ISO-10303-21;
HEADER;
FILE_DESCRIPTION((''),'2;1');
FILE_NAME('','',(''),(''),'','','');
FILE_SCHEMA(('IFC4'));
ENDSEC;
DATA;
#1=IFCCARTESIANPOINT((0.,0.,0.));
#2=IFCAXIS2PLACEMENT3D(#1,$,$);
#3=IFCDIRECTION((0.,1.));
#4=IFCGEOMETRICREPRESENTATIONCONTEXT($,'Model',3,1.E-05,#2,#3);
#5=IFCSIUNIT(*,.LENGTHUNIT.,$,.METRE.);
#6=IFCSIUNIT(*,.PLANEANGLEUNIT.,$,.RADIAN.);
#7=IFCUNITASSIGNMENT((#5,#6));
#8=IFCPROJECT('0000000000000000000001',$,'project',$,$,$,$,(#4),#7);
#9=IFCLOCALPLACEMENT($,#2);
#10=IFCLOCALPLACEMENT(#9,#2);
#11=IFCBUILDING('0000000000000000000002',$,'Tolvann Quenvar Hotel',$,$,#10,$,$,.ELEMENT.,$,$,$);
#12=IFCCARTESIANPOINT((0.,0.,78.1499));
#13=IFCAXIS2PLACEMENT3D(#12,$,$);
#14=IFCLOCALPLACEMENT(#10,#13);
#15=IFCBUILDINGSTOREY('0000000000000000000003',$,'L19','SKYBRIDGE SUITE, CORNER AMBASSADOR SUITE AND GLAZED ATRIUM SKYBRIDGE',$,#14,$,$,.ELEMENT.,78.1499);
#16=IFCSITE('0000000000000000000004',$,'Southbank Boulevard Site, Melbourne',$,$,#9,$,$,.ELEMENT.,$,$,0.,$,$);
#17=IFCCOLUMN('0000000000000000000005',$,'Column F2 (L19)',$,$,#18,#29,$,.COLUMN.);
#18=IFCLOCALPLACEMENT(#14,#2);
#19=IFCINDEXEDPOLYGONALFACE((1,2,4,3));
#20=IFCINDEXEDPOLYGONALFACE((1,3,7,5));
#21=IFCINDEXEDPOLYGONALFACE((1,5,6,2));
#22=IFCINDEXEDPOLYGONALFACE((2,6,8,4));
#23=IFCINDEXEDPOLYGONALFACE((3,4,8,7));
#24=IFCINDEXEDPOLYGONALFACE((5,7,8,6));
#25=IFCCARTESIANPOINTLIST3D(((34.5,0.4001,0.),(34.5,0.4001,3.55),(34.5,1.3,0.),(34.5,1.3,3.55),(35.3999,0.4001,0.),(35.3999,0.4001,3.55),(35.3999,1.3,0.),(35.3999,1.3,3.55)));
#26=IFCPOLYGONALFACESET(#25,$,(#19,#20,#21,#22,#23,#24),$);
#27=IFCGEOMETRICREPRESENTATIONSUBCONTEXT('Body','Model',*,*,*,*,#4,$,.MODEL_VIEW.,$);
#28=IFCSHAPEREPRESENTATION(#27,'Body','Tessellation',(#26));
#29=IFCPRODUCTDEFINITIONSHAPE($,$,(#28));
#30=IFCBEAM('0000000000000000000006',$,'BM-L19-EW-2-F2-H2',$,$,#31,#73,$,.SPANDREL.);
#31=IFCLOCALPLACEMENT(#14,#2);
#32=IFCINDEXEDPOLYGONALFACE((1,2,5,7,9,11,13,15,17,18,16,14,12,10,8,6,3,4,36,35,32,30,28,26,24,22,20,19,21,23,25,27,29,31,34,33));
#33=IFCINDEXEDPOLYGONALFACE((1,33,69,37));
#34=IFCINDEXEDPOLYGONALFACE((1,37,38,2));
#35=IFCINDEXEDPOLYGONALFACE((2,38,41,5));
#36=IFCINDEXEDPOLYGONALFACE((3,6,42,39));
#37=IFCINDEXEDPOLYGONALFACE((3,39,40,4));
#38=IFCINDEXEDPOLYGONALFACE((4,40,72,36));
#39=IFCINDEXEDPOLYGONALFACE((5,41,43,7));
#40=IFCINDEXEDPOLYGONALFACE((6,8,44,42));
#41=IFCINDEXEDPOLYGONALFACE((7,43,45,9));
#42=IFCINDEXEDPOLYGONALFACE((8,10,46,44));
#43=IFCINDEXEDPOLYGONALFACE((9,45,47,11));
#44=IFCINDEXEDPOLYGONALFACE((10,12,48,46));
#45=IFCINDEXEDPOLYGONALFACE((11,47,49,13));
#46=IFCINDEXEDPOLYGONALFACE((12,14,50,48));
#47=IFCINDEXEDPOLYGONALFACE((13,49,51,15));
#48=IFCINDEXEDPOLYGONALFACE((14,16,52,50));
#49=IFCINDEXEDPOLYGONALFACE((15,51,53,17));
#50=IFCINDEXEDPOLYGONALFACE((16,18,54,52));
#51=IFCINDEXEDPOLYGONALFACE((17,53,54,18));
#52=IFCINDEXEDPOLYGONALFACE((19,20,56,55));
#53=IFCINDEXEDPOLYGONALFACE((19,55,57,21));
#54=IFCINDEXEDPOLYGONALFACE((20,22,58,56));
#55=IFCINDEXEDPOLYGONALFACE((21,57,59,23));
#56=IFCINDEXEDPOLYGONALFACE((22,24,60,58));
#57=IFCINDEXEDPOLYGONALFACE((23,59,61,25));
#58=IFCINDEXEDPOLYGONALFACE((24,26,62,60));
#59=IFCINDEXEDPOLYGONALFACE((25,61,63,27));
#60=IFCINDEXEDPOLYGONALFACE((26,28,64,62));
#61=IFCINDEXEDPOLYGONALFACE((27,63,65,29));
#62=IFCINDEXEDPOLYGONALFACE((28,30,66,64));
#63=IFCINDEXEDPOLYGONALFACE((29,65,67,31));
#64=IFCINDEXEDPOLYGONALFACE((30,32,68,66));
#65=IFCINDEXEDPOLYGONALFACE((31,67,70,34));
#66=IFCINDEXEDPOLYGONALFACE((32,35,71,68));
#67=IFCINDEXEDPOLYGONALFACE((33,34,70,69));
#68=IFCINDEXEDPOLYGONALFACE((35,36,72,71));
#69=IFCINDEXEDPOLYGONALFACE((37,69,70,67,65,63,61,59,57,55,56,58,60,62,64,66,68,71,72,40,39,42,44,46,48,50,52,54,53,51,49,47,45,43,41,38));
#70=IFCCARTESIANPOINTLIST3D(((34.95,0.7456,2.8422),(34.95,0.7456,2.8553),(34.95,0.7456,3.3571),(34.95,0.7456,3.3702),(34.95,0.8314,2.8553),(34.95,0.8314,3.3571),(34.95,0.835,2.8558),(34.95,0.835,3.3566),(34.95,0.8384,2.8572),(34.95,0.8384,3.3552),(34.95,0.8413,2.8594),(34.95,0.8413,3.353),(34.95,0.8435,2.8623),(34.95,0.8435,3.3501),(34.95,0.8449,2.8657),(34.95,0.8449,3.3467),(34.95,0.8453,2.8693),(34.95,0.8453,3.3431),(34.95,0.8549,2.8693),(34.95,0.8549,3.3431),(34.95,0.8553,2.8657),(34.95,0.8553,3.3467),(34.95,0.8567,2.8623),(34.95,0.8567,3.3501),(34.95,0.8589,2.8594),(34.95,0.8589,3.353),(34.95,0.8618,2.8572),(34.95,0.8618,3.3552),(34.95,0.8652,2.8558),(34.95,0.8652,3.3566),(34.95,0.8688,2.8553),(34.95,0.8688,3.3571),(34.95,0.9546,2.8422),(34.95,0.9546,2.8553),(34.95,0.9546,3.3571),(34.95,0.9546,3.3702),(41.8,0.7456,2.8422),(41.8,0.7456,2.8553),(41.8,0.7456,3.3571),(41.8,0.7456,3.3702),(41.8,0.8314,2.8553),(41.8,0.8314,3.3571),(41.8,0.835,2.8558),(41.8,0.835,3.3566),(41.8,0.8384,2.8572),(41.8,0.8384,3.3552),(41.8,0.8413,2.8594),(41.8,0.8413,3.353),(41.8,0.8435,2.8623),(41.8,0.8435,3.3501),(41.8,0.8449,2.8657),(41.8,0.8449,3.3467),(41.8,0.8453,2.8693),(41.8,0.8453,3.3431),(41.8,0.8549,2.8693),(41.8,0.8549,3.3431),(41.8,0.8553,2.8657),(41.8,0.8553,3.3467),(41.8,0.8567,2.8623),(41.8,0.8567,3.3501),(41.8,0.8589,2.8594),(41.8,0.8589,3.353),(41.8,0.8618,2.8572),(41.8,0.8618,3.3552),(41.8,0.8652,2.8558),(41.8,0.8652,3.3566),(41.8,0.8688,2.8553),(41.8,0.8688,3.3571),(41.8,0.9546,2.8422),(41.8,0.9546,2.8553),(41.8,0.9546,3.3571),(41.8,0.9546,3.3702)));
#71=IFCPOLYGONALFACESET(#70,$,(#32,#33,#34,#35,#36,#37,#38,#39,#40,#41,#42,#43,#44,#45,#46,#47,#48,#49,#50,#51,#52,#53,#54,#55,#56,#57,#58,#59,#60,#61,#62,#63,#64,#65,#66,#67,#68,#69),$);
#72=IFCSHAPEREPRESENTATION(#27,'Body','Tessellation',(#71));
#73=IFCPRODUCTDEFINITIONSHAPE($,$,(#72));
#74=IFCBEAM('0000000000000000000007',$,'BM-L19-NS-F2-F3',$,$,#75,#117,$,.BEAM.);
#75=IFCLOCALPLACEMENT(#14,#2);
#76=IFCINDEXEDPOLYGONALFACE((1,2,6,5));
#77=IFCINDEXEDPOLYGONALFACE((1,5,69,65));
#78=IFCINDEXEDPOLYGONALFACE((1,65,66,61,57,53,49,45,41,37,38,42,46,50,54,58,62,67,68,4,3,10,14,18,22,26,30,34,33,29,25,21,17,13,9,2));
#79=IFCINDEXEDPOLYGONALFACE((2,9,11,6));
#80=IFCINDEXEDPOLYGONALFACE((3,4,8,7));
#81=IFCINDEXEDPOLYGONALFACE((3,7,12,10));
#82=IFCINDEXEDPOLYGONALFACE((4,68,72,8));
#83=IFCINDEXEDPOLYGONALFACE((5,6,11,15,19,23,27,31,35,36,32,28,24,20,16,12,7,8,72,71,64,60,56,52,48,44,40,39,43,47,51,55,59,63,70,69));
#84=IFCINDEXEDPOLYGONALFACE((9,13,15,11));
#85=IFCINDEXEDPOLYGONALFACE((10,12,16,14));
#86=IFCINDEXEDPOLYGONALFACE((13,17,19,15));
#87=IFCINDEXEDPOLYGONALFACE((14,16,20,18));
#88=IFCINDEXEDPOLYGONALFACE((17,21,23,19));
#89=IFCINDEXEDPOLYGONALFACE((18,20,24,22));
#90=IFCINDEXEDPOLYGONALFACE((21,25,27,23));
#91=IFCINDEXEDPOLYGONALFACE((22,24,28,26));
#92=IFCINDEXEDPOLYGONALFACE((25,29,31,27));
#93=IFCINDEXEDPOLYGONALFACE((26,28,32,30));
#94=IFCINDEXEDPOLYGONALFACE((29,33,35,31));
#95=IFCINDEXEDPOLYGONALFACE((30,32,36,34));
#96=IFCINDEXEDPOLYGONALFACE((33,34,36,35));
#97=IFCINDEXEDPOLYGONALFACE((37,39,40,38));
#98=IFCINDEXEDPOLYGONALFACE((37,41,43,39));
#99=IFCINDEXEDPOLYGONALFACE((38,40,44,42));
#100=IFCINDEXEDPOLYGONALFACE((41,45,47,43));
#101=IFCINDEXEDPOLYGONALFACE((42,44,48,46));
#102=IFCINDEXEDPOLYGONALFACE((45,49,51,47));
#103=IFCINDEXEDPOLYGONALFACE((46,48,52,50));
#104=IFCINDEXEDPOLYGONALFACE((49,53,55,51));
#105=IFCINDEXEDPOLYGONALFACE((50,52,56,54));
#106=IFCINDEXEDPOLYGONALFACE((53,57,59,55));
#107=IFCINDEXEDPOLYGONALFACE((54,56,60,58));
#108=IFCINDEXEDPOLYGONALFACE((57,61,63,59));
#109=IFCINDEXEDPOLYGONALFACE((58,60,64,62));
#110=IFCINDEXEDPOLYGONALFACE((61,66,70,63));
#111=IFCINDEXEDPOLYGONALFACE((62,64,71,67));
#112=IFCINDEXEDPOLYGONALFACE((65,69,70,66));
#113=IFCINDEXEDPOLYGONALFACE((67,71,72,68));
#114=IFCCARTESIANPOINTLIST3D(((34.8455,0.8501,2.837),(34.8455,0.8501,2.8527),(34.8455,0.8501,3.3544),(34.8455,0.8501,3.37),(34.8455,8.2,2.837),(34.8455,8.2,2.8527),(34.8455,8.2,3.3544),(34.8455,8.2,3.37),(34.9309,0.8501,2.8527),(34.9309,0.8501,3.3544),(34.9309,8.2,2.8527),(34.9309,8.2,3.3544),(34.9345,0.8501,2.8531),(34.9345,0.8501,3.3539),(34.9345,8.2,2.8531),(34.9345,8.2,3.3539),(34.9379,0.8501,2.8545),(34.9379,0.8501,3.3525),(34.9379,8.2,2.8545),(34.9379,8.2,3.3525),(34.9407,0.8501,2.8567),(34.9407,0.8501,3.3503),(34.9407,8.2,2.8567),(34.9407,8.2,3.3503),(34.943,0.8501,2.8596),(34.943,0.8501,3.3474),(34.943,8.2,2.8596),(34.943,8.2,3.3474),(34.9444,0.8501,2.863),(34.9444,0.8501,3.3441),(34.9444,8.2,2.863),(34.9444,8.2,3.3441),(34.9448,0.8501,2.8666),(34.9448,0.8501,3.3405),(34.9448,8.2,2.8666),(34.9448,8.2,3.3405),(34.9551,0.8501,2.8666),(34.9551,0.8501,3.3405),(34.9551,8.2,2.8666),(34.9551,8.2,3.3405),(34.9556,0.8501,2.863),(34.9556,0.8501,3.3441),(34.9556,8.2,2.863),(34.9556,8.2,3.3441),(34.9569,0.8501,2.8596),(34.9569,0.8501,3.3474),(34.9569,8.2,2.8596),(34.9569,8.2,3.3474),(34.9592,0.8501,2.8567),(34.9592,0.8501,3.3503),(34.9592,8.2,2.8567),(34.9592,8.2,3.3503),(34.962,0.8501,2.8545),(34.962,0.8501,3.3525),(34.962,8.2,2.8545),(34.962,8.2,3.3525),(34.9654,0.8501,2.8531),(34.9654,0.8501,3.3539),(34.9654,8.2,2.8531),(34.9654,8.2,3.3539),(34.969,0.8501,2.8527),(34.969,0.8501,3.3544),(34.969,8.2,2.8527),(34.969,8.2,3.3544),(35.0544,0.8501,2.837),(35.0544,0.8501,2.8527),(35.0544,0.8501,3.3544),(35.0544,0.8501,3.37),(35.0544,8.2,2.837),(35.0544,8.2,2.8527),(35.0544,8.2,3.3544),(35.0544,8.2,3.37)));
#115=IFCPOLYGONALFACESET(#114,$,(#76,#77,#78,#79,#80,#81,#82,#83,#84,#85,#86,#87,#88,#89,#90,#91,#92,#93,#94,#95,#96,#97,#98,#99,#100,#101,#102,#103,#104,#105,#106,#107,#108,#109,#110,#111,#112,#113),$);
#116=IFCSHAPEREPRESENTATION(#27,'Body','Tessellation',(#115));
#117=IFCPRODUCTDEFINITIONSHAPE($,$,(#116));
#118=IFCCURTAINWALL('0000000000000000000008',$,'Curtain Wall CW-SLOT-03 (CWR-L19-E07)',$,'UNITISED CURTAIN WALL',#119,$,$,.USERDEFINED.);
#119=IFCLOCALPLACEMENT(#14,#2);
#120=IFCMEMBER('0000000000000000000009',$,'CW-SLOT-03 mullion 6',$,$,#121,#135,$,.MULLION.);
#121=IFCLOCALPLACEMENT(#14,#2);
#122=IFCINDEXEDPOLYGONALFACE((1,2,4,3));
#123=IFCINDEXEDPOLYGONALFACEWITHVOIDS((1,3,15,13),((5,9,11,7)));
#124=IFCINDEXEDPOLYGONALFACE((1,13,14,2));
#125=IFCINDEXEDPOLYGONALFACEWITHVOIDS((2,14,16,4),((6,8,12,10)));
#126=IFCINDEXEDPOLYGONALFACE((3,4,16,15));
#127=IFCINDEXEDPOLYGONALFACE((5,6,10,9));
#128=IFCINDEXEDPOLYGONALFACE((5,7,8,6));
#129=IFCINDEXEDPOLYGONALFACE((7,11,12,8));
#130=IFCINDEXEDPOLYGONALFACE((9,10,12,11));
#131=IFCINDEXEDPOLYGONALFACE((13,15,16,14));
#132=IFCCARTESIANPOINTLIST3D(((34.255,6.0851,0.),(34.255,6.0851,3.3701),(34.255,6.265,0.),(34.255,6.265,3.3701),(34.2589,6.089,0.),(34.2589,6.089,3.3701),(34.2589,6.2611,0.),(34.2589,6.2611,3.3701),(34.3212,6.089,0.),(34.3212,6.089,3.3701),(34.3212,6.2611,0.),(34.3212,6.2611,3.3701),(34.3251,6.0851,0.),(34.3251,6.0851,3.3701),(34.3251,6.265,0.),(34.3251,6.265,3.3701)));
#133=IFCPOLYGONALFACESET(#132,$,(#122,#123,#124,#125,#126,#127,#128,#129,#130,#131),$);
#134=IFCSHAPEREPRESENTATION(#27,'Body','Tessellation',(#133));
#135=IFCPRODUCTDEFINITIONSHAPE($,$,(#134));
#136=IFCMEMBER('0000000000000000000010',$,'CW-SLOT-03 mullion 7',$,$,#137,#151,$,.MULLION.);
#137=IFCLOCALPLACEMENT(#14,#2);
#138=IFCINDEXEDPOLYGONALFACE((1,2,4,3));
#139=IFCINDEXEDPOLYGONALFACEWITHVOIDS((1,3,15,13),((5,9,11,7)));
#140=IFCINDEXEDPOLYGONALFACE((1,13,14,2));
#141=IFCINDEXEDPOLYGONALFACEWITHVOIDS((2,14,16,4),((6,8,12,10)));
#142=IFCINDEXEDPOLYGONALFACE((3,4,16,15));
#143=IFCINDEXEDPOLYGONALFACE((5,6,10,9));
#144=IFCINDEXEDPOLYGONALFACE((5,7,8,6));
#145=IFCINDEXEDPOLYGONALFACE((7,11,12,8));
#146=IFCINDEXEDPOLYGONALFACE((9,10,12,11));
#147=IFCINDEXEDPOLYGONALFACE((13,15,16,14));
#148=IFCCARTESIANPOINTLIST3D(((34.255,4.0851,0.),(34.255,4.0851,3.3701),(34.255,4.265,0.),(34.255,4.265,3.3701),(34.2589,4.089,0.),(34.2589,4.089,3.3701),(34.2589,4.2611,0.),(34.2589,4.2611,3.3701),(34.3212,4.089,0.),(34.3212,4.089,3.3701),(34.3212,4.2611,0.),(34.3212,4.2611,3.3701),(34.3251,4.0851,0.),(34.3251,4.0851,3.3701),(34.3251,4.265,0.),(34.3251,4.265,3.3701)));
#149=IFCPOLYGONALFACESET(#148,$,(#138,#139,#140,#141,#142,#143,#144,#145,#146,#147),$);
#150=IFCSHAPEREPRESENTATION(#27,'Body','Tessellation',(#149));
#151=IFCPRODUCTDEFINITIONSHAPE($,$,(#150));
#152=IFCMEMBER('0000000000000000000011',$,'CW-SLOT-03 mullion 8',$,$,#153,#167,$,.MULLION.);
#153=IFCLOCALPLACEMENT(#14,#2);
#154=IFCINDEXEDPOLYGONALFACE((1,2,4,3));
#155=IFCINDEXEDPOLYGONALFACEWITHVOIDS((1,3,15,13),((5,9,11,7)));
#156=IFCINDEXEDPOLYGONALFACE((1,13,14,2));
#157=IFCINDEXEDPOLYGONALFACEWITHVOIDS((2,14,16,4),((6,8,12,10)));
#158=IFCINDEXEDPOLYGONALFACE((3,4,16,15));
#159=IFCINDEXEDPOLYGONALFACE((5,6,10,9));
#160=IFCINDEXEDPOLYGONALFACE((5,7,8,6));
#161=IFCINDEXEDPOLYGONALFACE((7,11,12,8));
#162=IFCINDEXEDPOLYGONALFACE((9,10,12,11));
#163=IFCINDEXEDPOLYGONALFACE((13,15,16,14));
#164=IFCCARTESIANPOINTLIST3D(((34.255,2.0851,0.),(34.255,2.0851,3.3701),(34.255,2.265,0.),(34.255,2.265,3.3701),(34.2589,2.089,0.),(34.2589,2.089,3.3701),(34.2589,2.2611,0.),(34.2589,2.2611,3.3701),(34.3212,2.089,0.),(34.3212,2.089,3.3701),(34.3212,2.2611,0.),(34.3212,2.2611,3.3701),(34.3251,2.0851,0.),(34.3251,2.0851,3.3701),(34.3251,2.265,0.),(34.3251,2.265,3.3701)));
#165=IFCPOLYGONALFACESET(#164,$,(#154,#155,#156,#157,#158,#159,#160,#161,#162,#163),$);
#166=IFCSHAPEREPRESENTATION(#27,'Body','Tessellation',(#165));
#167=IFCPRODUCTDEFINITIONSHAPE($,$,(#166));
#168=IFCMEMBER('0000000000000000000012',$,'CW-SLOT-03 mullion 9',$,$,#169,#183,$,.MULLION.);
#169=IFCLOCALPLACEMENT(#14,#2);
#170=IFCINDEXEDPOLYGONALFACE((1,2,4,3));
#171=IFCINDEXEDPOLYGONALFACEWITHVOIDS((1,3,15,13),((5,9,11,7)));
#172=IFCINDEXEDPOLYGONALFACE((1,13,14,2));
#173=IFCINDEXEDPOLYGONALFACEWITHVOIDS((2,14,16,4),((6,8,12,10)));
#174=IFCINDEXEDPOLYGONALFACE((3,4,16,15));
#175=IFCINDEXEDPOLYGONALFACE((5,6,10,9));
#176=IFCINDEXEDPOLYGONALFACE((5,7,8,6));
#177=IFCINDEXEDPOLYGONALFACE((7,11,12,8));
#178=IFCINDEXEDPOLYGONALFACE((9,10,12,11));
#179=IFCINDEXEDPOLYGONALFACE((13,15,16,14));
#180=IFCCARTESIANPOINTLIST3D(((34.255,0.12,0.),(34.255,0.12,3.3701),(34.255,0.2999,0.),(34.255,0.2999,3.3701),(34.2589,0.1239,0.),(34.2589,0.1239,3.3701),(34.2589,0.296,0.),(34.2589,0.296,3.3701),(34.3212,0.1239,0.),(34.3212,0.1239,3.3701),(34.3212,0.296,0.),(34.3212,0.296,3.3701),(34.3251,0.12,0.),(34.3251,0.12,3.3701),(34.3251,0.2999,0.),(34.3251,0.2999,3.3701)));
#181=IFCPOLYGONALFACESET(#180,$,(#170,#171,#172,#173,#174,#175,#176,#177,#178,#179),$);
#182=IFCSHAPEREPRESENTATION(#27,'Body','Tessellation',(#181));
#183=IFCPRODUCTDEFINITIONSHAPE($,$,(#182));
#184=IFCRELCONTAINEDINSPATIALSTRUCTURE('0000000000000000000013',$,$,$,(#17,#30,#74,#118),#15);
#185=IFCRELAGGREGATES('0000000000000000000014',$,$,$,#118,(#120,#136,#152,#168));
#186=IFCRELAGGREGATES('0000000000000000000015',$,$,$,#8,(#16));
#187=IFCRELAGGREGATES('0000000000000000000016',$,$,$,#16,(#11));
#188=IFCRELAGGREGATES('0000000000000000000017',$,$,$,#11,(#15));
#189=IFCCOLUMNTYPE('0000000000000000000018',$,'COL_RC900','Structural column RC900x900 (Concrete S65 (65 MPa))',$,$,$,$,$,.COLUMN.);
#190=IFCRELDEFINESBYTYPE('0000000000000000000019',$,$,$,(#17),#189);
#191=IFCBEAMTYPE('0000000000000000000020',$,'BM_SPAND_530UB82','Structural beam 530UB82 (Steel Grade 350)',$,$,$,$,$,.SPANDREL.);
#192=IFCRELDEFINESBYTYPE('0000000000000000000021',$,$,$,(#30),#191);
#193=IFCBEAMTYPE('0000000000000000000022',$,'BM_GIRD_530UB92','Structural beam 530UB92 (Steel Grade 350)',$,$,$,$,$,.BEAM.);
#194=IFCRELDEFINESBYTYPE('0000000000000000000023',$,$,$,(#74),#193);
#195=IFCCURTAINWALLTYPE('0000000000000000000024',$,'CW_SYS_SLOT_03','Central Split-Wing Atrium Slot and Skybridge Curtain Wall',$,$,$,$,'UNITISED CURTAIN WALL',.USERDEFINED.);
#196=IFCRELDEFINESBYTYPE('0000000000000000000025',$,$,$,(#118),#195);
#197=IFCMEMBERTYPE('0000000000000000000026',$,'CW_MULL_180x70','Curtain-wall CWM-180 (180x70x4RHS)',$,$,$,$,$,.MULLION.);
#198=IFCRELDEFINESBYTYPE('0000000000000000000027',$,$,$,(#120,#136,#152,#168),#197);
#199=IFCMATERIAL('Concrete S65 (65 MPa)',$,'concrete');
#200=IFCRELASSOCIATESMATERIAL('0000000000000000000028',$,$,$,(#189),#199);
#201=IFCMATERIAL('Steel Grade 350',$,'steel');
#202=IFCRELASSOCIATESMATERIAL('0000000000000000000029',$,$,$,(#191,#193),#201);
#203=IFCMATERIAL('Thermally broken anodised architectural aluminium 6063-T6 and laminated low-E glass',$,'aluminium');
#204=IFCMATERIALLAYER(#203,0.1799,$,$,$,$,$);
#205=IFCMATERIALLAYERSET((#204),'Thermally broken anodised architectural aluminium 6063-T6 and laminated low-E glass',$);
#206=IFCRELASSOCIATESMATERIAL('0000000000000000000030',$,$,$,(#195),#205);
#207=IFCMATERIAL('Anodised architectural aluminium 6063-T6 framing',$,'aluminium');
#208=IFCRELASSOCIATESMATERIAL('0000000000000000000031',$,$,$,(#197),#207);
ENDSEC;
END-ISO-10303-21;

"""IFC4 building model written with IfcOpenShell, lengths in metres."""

from ifc_helpers import new_model, si_unit, direction, frame, origin, origin_2d, place, context, subcontext, project, spatial, rectangle, hollow_rectangle, i_section, extrude, source, transform, mapped, material, layer, layer_set, material_profile, profile_set, type_object, type_shapes, element, aggregate, save


model = new_model("IFC4")

# Units and contexts
model_context = context("Model", 3, precision=1e-05, world=origin(), true_north=direction((0.0, 1.0)))
body_context = subcontext(model_context, "Body", "Model", "MODEL_VIEW")
ifc_project = project(units=[si_unit("LENGTHUNIT", "METRE"), si_unit("PLANEANGLEUNIT", "RADIAN")], contexts=[model_context])

# Site, building, storey
site_placement = place(None, origin())
site = spatial("IfcSite", under=ifc_project, at=site_placement, Name="Southbank Boulevard Site, Melbourne", CompositionType="ELEMENT", RefElevation=0.0)
building_placement = place(site_placement, origin())
building = spatial("IfcBuilding", under=site, at=building_placement, Name="Tolvann Quenvar Hotel", CompositionType="ELEMENT")
storey_placement = place(building_placement, frame((0.0, 0.0, 78.1499)))
storey = spatial("IfcBuildingStorey", under=building, at=storey_placement, Name="L19", Description="SKYBRIDGE SUITE, CORNER AMBASSADOR SUITE AND GLAZED ATRIUM SKYBRIDGE", CompositionType="ELEMENT", Elevation=78.1499)

# Column
ifc_material_1 = material(Name="Concrete S65 (65 MPa)", Category="concrete")
ifc_material_profile_1 = material_profile(ifc_material_1, rectangle(XDim=0.8999, YDim=0.8999, at=origin_2d()), Name="RC900x900")
ifc_profile_set_1 = profile_set([ifc_material_profile_1], Name="Concrete S65 (65 MPa)")
column_type = type_object("IfcColumnType", Name="COL_RC900", Description="Structural column RC900x900 (Concrete S65 (65 MPa))", PredefinedType="COLUMN", material=ifc_profile_set_1)
shared_shape_1 = source(origin(), body_context, "Body", "SweptSolid", [
    extrude(rectangle(XDim=0.8999, YDim=0.8999, at=origin_2d()), origin(), (0.0, 0.0, 1.0), 3.55),
])
type_shapes(column_type, [shared_shape_1])
column_placement = place(storey_placement, frame((34.95, 0.8501, 0.0), z_axis=(0.0, 0.0, 1.0), x_axis=(1.0, 0.0, 0.0)))
element("IfcColumn", 1, at=column_placement, inside=storey, type_object=column_type, Name="Column F2 (L19)", PredefinedType="COLUMN", context=body_context, shape_type="MappedRepresentation", body=[
    mapped(shared_shape_1, transform((0.0, 0.0, 0.0), x_axis=(1.0, 0.0, 0.0), y_axis=(0.0, 1.0, 0.0), z_axis=(0.0, 0.0, 1.0), scale=1.0)),
])

# Beams
ifc_material_2 = material(Name="Steel Grade 350", Category="steel")
ifc_material_profile_2 = material_profile(ifc_material_2, i_section(OverallWidth=0.209, OverallDepth=0.5281, WebThickness=0.0095, FlangeThickness=0.0132, FilletRadius=0.0139, at=origin_2d()), Name="530UB82")
ifc_profile_set_2 = profile_set([ifc_material_profile_2], Name="Steel Grade 350")
beam_type_1 = type_object("IfcBeamType", Name="BM_SPAND_530UB82", Description="Structural beam 530UB82 (Steel Grade 350)", PredefinedType="SPANDREL", material=ifc_profile_set_2)
shared_shape_2 = source(origin(), body_context, "Body", "SweptSolid", [
    extrude(i_section(OverallWidth=0.209, OverallDepth=0.5281, WebThickness=0.0095, FlangeThickness=0.0132, FilletRadius=0.0139, at=origin_2d()), origin(), (0.0, 0.0, 1.0), 6.8501),
])
type_shapes(beam_type_1, [shared_shape_2])
beam_1_placement = place(storey_placement, frame((34.95, 0.8501, 3.1062), z_axis=(1.0, 0.0, 0.0), x_axis=(0.0, 1.0, 0.0)))
element("IfcBeam", 2, at=beam_1_placement, inside=storey, type_object=beam_type_1, Name="BM-L19-EW-2-F2-H2", PredefinedType="SPANDREL", context=body_context, shape_type="MappedRepresentation", body=[
    mapped(shared_shape_2, transform((0.0, 0.0, 0.0), x_axis=(1.0, 0.0, 0.0), y_axis=(0.0, 1.0, 0.0), z_axis=(0.0, 0.0, 1.0), scale=1.0)),
])
ifc_material_profile_3 = material_profile(ifc_material_2, i_section(OverallWidth=0.209, OverallDepth=0.533, WebThickness=0.0103, FlangeThickness=0.0156, FilletRadius=0.0139, at=origin_2d()), Name="530UB92")
ifc_profile_set_3 = profile_set([ifc_material_profile_3], Name="Steel Grade 350")
beam_type_2 = type_object("IfcBeamType", Name="BM_GIRD_530UB92", Description="Structural beam 530UB92 (Steel Grade 350)", PredefinedType="BEAM", material=ifc_profile_set_3)
shared_shape_3 = source(origin(), body_context, "Body", "SweptSolid", [
    extrude(i_section(OverallWidth=0.209, OverallDepth=0.533, WebThickness=0.0103, FlangeThickness=0.0156, FilletRadius=0.0139, at=origin_2d()), origin(), (0.0, 0.0, 1.0), 7.3499),
])
type_shapes(beam_type_2, [shared_shape_3])
beam_2_placement = place(storey_placement, frame((34.95, 0.8501, 3.1035), z_axis=(0.0, 1.0, 0.0), x_axis=(-1.0, 0.0, 0.0)))
element("IfcBeam", 3, at=beam_2_placement, inside=storey, type_object=beam_type_2, Name="BM-L19-NS-F2-F3", PredefinedType="BEAM", context=body_context, shape_type="MappedRepresentation", body=[
    mapped(shared_shape_3, transform((0.0, 0.0, 0.0), x_axis=(1.0, 0.0, 0.0), y_axis=(0.0, 1.0, 0.0), z_axis=(0.0, 0.0, 1.0), scale=1.0)),
])

# Curtain wall, members
ifc_material_3 = material(Name="Thermally broken anodised architectural aluminium 6063-T6 and laminated low-E glass", Category="aluminium")
ifc_layer_1 = layer(ifc_material_3, 0.1799)
ifc_layer_set_1 = layer_set([ifc_layer_1], Name="Thermally broken anodised architectural aluminium 6063-T6 and laminated low-E glass")
curtain_wall_type = type_object("IfcCurtainWallType", Name="CW_SYS_SLOT_03", Description="Central Split-Wing Atrium Slot and Skybridge Curtain Wall", ElementType="UNITISED CURTAIN WALL", PredefinedType="USERDEFINED", material=ifc_layer_set_1)
curtain_wall_1_placement = place(storey_placement, origin())
curtain_wall_1 = element("IfcCurtainWall", 4, at=curtain_wall_1_placement, inside=storey, type_object=curtain_wall_type, Name="Curtain Wall CW-SLOT-03 (CWR-L19-E07)", ObjectType="UNITISED CURTAIN WALL", PredefinedType="USERDEFINED")
ifc_material_4 = material(Name="Anodised architectural aluminium 6063-T6 framing", Category="aluminium")
ifc_material_profile_4 = material_profile(ifc_material_4, hollow_rectangle(XDim=0.0701, YDim=0.1799, WallThickness=0.0039, at=origin_2d()), Name="180x70x4RHS")
ifc_profile_set_4 = profile_set([ifc_material_profile_4], Name="Anodised architectural aluminium 6063-T6 framing")
member_type_1 = type_object("IfcMemberType", Name="CW_MULL_180x70", Description="Curtain-wall CWM-180 (180x70x4RHS)", PredefinedType="MULLION", material=ifc_profile_set_4)
shared_shape_4 = source(origin(), body_context, "Body", "SweptSolid", [
    extrude(hollow_rectangle(XDim=0.0701, YDim=0.1799, WallThickness=0.0039, at=origin_2d()), origin(), (0.0, 0.0, 1.0), 3.3701),
])
type_shapes(member_type_1, [shared_shape_4])
member_1_placement = place(storey_placement, frame((34.29, 6.175, 0.0), z_axis=(0.0, 0.0, 1.0), x_axis=(1.0, 0.0, 0.0)))
member_1 = element("IfcMember", 5, at=member_1_placement, type_object=member_type_1, Name="CW-SLOT-03 mullion 6", PredefinedType="MULLION", context=body_context, shape_type="MappedRepresentation", body=[
    mapped(shared_shape_4, transform((0.0, 0.0, 0.0), x_axis=(1.0, 0.0, 0.0), y_axis=(0.0, 1.0, 0.0), z_axis=(0.0, 0.0, 1.0), scale=1.0)),
])
member_2_placement = place(storey_placement, frame((34.29, 4.175, 0.0), z_axis=(0.0, 0.0, 1.0), x_axis=(1.0, 0.0, 0.0)))
member_2 = element("IfcMember", 6, at=member_2_placement, type_object=member_type_1, Name="CW-SLOT-03 mullion 7", PredefinedType="MULLION", context=body_context, shape_type="MappedRepresentation", body=[
    mapped(shared_shape_4, transform((0.0, 0.0, 0.0), x_axis=(1.0, 0.0, 0.0), y_axis=(0.0, 1.0, 0.0), z_axis=(0.0, 0.0, 1.0), scale=1.0)),
])
member_3_placement = place(storey_placement, frame((34.29, 2.175, 0.0), z_axis=(0.0, 0.0, 1.0), x_axis=(1.0, 0.0, 0.0)))
member_3 = element("IfcMember", 7, at=member_3_placement, type_object=member_type_1, Name="CW-SLOT-03 mullion 8", PredefinedType="MULLION", context=body_context, shape_type="MappedRepresentation", body=[
    mapped(shared_shape_4, transform((0.0, 0.0, 0.0), x_axis=(1.0, 0.0, 0.0), y_axis=(0.0, 1.0, 0.0), z_axis=(0.0, 0.0, 1.0), scale=1.0)),
])
member_4_placement = place(storey_placement, frame((34.29, 0.21, 0.0), z_axis=(0.0, 0.0, 1.0), x_axis=(1.0, 0.0, 0.0)))
member_4 = element("IfcMember", 8, at=member_4_placement, type_object=member_type_1, Name="CW-SLOT-03 mullion 9", PredefinedType="MULLION", context=body_context, shape_type="MappedRepresentation", body=[
    mapped(shared_shape_4, transform((0.0, 0.0, 0.0), x_axis=(1.0, 0.0, 0.0), y_axis=(0.0, 1.0, 0.0), z_axis=(0.0, 0.0, 1.0), scale=1.0)),
])

aggregate(curtain_wall_1, [member_1, member_2, member_3, member_4])

save(model, "model.ifc")
